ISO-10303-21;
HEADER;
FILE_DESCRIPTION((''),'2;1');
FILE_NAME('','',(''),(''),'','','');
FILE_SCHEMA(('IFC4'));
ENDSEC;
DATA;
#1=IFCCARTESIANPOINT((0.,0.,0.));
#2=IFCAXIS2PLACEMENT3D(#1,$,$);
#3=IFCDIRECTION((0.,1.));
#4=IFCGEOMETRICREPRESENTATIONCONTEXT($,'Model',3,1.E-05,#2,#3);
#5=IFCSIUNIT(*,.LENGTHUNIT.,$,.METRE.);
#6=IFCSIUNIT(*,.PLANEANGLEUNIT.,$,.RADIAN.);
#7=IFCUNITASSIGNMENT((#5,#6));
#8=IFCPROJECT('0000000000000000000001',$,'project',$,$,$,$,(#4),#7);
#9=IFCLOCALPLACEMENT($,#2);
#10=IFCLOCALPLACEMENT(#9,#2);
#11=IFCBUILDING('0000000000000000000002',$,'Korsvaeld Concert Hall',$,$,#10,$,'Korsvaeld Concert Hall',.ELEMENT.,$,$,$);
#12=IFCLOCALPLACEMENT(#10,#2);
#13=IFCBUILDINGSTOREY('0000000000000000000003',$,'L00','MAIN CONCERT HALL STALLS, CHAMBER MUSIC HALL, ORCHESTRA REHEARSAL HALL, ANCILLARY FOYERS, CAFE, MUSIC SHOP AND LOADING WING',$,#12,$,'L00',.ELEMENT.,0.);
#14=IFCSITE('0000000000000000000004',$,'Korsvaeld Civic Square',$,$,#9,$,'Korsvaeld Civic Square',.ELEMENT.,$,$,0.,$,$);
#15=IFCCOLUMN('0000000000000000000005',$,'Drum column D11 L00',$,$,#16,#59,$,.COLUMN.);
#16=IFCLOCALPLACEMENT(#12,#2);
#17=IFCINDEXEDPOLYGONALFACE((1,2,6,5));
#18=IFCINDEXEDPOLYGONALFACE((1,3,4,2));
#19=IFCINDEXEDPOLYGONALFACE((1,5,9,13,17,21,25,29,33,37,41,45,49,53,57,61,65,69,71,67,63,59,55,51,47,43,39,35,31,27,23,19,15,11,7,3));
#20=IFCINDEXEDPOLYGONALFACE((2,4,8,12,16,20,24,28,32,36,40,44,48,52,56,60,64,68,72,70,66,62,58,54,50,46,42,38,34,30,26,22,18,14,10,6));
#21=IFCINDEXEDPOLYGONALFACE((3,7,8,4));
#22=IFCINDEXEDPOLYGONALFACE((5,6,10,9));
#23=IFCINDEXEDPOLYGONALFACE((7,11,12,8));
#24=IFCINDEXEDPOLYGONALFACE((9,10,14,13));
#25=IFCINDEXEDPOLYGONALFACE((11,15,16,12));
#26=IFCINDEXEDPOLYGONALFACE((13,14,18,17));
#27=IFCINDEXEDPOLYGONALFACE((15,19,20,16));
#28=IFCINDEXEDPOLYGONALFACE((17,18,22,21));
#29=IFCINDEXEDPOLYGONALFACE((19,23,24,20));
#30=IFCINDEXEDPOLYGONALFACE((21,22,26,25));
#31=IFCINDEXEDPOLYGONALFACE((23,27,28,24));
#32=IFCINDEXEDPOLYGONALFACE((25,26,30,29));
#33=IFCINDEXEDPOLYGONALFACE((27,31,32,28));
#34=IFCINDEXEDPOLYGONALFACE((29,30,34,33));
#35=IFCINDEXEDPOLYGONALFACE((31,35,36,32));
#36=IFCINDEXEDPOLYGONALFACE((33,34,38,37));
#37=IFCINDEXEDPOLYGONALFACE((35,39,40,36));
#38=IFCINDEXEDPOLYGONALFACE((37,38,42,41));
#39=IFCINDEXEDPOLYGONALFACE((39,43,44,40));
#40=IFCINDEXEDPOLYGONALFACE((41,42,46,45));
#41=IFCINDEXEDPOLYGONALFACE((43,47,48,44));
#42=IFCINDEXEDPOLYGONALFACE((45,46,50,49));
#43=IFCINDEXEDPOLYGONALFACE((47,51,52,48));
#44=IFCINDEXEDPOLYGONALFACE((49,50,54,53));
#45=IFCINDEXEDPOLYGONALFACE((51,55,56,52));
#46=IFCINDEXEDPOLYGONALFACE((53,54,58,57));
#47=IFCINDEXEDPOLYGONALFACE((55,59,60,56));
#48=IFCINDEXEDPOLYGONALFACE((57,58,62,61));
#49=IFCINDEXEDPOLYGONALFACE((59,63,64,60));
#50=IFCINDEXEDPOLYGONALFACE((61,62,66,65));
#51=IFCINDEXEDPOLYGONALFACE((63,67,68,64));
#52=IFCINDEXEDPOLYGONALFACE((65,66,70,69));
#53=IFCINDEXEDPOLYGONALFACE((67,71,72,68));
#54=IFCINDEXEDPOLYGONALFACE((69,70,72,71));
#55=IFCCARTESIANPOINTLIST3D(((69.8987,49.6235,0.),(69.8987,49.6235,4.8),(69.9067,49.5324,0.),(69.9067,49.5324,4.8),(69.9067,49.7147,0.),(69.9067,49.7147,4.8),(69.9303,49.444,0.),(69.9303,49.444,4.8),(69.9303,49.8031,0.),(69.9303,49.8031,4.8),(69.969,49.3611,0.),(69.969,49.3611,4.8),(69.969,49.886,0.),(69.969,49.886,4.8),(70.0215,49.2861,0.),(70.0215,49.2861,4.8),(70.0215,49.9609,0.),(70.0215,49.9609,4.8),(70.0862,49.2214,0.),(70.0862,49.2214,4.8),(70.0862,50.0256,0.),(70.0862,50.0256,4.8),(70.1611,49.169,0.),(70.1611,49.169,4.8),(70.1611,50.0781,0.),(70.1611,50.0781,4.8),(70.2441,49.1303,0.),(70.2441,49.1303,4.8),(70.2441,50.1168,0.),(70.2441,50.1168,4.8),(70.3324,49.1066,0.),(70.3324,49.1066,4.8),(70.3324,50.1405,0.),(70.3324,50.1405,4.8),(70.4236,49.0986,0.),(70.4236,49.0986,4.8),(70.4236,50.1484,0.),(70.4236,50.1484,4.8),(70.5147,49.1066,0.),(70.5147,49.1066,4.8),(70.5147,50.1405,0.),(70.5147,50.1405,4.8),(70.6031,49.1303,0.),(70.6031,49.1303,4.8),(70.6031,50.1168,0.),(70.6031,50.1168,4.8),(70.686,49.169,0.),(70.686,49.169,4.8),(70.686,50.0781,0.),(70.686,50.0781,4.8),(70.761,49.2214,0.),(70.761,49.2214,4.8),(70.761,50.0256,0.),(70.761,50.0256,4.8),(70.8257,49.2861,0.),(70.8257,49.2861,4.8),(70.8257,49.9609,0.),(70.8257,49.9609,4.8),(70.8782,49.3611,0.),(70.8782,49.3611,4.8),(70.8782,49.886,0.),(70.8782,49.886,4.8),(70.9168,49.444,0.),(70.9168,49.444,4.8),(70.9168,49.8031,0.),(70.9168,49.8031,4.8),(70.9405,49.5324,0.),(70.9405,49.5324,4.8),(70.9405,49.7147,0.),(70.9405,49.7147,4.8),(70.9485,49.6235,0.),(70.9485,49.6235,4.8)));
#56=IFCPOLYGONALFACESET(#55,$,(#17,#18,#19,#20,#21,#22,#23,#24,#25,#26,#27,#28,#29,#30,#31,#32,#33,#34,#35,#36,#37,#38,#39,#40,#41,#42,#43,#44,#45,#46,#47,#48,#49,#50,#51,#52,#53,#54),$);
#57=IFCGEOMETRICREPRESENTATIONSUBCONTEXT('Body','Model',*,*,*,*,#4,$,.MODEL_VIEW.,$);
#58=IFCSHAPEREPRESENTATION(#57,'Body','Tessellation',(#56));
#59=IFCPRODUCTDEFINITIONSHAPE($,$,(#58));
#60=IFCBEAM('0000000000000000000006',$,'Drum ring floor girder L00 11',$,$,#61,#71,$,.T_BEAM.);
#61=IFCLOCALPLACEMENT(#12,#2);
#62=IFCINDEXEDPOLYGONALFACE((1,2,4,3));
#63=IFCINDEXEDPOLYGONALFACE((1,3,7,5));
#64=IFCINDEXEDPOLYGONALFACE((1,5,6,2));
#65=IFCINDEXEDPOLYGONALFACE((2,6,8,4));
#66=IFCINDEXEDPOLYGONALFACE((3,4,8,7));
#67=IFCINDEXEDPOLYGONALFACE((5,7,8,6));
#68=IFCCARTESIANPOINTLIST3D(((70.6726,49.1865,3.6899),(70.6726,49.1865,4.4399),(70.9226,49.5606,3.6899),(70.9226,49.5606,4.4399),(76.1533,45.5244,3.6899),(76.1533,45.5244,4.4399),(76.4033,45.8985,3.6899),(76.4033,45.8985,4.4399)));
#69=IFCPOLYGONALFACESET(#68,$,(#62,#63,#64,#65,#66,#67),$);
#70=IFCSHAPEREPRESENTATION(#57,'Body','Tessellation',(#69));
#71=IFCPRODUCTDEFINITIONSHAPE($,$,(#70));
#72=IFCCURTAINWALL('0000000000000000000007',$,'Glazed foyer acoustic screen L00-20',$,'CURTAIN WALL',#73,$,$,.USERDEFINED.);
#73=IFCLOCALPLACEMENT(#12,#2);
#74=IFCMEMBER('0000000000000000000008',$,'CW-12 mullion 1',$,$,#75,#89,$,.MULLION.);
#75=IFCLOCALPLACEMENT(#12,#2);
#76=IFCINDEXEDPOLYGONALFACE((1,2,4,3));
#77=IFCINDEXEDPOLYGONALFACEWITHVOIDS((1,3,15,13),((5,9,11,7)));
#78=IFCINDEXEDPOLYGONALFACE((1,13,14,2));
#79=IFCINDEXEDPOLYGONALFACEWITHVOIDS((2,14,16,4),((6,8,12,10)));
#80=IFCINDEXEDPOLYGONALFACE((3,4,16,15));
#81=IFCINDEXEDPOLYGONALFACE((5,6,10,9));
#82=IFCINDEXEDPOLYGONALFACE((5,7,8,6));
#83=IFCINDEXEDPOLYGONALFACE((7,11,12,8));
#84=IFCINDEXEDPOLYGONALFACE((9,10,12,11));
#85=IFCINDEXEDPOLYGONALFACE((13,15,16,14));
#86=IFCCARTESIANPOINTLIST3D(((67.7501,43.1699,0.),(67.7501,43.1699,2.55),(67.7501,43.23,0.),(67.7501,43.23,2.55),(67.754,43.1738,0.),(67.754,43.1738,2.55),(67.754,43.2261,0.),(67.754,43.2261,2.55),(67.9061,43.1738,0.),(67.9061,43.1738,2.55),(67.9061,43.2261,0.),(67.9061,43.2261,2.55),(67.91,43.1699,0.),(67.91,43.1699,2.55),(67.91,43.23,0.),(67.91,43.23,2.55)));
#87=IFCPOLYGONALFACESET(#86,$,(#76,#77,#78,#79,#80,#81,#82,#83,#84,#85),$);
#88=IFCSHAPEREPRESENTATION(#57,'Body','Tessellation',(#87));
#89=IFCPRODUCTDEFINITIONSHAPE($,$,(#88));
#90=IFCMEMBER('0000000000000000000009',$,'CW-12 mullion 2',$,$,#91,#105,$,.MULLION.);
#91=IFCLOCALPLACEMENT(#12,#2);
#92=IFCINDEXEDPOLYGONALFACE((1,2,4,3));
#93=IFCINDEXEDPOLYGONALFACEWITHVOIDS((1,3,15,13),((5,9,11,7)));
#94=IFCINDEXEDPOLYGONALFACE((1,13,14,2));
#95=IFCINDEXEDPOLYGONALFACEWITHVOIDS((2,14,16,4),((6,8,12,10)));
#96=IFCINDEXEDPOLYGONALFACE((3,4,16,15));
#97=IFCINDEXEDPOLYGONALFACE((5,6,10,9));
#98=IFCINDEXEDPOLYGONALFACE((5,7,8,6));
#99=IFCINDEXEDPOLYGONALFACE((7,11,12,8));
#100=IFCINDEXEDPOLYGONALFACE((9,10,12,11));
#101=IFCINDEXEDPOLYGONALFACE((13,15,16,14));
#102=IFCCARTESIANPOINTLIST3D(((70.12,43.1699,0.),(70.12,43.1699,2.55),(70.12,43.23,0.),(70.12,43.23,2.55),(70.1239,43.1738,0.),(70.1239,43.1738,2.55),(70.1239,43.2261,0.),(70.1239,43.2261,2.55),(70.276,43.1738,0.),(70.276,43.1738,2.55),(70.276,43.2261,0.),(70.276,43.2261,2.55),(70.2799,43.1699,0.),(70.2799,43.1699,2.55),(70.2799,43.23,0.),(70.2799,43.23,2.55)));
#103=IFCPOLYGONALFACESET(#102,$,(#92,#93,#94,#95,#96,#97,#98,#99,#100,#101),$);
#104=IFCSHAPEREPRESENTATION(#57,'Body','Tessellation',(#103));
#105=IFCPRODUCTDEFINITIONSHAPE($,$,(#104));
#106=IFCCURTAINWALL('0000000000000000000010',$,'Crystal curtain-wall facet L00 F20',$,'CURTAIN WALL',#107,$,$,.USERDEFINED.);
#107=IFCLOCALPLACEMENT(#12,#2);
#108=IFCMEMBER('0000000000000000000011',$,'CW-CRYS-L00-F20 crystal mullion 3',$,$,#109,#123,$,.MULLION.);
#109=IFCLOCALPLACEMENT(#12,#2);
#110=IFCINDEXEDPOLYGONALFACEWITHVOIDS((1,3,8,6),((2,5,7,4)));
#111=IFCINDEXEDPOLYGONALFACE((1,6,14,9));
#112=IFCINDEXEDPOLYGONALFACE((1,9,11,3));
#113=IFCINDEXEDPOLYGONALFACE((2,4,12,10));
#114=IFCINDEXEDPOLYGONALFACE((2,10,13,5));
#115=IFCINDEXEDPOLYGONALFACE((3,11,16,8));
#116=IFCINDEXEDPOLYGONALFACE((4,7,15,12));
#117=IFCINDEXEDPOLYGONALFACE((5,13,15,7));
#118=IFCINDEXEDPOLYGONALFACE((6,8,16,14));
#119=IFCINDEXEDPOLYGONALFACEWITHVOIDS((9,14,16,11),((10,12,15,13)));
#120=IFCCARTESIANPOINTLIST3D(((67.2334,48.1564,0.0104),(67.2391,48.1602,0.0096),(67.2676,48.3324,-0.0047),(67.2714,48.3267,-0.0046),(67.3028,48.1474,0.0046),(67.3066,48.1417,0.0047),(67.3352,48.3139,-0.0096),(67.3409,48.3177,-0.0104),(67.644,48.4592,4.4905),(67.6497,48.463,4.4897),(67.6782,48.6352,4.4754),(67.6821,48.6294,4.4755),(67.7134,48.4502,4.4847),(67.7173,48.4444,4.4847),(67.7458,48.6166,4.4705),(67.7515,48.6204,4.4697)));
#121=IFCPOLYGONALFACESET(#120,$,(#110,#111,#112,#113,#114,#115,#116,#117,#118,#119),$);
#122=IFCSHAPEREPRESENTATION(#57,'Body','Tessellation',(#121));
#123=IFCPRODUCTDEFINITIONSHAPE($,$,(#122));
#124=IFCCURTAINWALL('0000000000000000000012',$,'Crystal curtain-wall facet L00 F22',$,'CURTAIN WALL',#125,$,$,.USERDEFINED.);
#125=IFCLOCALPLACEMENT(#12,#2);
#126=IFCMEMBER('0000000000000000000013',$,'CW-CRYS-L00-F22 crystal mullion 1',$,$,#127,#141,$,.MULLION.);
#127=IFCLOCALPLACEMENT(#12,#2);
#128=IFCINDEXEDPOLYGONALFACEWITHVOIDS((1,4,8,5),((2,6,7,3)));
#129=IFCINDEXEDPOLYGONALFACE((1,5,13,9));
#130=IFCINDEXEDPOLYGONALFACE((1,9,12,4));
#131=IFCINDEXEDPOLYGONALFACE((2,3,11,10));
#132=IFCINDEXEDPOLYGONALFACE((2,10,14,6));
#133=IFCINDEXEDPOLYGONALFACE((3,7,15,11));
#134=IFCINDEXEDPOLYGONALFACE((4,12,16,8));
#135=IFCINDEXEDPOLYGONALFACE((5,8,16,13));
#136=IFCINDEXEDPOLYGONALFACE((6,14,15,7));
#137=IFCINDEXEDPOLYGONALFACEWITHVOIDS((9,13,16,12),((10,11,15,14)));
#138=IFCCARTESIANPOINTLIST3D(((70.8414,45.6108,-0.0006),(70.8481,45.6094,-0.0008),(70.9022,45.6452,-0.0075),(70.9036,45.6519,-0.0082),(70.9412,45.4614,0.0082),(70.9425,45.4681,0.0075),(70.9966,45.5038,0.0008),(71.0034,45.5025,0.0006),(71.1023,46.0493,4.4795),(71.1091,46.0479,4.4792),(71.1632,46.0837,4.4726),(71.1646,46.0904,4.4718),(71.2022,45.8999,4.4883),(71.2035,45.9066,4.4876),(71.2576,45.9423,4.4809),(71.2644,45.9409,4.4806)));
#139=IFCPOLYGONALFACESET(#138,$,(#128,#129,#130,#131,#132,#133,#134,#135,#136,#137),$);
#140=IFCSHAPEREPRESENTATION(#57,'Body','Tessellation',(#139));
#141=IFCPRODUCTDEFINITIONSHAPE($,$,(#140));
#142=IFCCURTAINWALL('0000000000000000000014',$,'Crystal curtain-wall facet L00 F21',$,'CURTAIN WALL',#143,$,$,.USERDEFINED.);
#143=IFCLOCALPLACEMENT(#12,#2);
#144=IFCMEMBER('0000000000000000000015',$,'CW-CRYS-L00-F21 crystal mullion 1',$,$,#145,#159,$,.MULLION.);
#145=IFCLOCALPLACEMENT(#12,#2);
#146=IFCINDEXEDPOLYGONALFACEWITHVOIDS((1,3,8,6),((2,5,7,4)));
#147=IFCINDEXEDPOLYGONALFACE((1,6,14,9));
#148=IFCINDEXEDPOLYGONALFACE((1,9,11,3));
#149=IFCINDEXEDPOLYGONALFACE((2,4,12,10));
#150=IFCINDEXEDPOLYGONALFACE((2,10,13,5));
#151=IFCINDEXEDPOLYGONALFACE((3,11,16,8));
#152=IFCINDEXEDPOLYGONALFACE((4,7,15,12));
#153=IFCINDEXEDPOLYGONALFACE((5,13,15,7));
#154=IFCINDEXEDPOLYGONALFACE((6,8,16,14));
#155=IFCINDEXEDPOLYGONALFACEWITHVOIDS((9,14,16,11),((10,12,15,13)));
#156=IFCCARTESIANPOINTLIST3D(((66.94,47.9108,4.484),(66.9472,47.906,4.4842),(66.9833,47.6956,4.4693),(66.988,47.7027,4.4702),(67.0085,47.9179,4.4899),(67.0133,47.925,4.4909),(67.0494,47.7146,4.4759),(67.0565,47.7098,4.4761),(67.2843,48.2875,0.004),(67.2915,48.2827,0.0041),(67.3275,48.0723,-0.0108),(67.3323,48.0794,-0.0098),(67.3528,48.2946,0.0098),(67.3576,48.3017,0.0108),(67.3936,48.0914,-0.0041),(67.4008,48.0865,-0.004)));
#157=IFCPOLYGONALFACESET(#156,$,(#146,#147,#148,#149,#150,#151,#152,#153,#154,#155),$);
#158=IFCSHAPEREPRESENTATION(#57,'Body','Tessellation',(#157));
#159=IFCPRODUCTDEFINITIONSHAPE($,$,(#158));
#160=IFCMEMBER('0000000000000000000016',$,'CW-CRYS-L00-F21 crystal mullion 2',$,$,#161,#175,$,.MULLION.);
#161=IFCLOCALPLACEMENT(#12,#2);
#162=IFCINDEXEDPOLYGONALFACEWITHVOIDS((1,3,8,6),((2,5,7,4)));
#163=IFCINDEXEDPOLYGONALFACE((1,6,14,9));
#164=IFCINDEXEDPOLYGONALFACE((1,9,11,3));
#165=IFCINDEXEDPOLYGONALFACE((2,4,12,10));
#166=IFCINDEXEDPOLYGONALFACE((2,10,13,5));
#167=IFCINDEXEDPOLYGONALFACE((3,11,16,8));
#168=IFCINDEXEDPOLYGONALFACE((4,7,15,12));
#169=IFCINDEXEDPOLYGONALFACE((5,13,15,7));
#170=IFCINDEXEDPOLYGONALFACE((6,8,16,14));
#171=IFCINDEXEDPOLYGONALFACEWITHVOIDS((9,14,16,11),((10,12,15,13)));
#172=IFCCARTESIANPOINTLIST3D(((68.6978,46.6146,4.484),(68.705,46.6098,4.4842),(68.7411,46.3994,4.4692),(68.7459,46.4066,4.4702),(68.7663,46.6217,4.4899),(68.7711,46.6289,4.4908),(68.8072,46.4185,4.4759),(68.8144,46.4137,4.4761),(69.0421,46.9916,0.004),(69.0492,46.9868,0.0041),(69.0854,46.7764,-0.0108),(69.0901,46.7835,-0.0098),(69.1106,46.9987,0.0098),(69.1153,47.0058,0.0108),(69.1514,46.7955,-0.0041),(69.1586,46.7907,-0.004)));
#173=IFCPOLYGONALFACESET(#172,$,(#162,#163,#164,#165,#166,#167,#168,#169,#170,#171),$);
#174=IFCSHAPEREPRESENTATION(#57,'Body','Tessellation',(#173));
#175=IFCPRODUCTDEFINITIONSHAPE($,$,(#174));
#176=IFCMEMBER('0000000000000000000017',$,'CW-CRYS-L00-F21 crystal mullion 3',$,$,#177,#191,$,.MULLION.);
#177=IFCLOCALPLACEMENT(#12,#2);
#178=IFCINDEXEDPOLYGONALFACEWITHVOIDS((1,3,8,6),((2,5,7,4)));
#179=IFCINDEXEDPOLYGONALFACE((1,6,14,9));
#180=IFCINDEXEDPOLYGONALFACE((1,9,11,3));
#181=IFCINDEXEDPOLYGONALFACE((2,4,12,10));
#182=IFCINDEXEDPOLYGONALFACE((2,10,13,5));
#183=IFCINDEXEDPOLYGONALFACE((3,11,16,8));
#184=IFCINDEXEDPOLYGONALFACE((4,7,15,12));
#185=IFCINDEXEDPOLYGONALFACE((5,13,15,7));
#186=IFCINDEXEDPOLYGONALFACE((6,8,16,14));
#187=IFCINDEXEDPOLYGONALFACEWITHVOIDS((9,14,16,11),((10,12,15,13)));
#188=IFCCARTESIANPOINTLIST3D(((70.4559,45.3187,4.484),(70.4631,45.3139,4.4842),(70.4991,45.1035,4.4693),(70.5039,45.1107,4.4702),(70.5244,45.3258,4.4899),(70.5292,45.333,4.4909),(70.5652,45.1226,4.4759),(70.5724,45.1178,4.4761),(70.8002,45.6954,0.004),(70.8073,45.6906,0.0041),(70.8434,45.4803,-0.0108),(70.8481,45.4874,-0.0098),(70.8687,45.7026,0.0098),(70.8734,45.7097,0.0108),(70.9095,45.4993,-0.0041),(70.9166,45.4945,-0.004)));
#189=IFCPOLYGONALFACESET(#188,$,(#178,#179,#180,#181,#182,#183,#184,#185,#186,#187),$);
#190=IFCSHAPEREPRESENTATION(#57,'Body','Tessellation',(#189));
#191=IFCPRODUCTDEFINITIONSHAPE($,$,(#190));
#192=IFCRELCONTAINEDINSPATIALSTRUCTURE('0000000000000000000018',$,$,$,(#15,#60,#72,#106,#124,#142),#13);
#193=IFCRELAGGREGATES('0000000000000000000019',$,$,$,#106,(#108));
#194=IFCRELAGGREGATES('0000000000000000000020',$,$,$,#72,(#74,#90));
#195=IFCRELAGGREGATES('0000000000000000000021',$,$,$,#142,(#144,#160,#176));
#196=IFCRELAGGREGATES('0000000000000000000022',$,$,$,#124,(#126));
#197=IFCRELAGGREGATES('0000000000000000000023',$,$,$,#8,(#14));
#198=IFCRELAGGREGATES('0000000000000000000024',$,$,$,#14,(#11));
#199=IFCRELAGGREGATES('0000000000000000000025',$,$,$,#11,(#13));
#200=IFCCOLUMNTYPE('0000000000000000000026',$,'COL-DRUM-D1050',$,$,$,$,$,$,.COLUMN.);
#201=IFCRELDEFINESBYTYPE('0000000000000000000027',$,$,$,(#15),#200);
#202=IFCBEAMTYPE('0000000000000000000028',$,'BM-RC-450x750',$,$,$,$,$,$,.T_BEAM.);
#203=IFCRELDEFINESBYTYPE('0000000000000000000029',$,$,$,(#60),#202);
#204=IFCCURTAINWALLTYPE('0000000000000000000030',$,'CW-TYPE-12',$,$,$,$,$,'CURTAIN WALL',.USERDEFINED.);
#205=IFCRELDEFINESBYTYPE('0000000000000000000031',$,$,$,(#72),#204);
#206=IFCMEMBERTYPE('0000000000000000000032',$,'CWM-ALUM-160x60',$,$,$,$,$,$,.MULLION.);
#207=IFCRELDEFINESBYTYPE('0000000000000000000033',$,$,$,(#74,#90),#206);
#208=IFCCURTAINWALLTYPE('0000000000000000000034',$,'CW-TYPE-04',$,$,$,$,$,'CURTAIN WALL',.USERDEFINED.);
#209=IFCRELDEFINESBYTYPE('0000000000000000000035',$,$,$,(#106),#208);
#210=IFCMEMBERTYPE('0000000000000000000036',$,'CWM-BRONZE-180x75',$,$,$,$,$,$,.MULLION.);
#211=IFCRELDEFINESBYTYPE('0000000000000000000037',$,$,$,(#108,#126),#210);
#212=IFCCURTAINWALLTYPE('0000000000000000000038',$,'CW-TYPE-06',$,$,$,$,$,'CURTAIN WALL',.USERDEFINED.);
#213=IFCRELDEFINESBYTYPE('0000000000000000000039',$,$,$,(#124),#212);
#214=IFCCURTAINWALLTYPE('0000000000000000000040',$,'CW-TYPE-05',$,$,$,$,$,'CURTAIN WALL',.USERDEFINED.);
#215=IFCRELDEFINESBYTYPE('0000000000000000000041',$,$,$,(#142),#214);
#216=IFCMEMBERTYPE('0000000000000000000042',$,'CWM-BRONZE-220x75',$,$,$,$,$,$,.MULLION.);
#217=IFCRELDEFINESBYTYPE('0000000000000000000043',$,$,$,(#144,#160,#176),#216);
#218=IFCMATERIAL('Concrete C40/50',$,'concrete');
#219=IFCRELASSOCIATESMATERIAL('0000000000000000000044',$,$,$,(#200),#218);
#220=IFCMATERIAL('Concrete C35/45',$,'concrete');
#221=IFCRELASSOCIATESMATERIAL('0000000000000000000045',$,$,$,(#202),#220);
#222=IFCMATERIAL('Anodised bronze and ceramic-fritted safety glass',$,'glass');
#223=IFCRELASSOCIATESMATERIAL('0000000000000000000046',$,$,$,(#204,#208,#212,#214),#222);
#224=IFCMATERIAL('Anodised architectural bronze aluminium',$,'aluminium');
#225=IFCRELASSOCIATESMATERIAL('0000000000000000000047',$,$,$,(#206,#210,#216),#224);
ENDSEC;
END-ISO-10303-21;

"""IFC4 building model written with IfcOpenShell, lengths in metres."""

from ifc_helpers import new_model, si_unit, direction, frame, origin, origin_2d, place, context, subcontext, project, spatial, rectangle, hollow_rectangle, circle, extrude, material, material_profile, profile_set, type_object, element, aggregate, save


model = new_model("IFC4")

# Units and contexts
model_context = context("Model", 3, precision=1e-05, world=origin(), true_north=direction((0.0, 1.0)))
body_context = subcontext(model_context, "Body", "Model", "MODEL_VIEW")
ifc_project = project(units=[si_unit("LENGTHUNIT", "METRE"), si_unit("PLANEANGLEUNIT", "RADIAN")], contexts=[model_context])

# Site, building, storey
site_placement = place(None, origin())
site = spatial("IfcSite", under=ifc_project, at=site_placement, Name="Korsvaeld Civic Square", LongName="Korsvaeld Civic Square", CompositionType="ELEMENT", RefElevation=0.0)
building_placement = place(site_placement, origin())
building = spatial("IfcBuilding", under=site, at=building_placement, Name="Korsvaeld Concert Hall", LongName="Korsvaeld Concert Hall", CompositionType="ELEMENT")
storey_placement = place(building_placement, origin())
storey = spatial("IfcBuildingStorey", under=building, at=storey_placement, Name="L00", Description="MAIN CONCERT HALL STALLS, CHAMBER MUSIC HALL, ORCHESTRA REHEARSAL HALL, ANCILLARY FOYERS, CAFE, MUSIC SHOP AND LOADING WING", LongName="L00", CompositionType="ELEMENT", Elevation=0.0)

# Column
ifc_material_1 = material(Name="Concrete C40/50", Category="concrete")
ifc_material_profile_1 = material_profile(ifc_material_1, circle(Radius=0.5249, at=origin_2d()), Name="RC D1050")
ifc_profile_set_1 = profile_set([ifc_material_profile_1], Name="Concrete C40/50")
column_type = type_object("IfcColumnType", Name="COL-DRUM-D1050", PredefinedType="COLUMN", material=ifc_profile_set_1)
column_placement = place(storey_placement, frame((70.4236, 49.6235, 0.0), z_axis=(0.0, 0.0, 1.0), x_axis=(1.0, 0.0, 0.0)))
element("IfcColumn", 1, at=column_placement, inside=storey, type_object=column_type, Name="Drum column D11 L00", PredefinedType="COLUMN", context=body_context, shape_type="SweptSolid", body=[
    extrude(circle(Radius=0.5249, at=origin_2d()), origin(), (0.0, 0.0, 1.0), 4.8),
])

# Beam
ifc_material_2 = material(Name="Concrete C35/45", Category="concrete")
ifc_material_profile_2 = material_profile(ifc_material_2, rectangle(XDim=0.45, YDim=0.75, at=origin_2d()), Name="RC 450x750")
ifc_profile_set_2 = profile_set([ifc_material_profile_2], Name="Concrete C35/45")
beam_type = type_object("IfcBeamType", Name="BM-RC-450x750", PredefinedType="T_BEAM", material=ifc_profile_set_2)
beam_placement = place(storey_placement, frame((70.7976, 49.3735, 4.0649), z_axis=(0.831469, -0.555572, 0.0), x_axis=(0.555572, 0.831469, 0.0)))
element("IfcBeam", 2, at=beam_placement, inside=storey, type_object=beam_type, Name="Drum ring floor girder L00 11", PredefinedType="T_BEAM", context=body_context, shape_type="SweptSolid", body=[
    extrude(rectangle(XDim=0.45, YDim=0.75, at=origin_2d()), origin(), (0.0, 0.0, 1.0), 6.5916),
])

# Curtain wall, members
ifc_material_3 = material(Name="Anodised bronze and ceramic-fritted safety glass", Category="glass")
curtain_wall_type_1 = type_object("IfcCurtainWallType", Name="CW-TYPE-12", ElementType="CURTAIN WALL", PredefinedType="USERDEFINED", material=ifc_material_3)
curtain_wall_1_placement = place(storey_placement, origin())
curtain_wall_1 = element("IfcCurtainWall", 3, at=curtain_wall_1_placement, inside=storey, type_object=curtain_wall_type_1, Name="Glazed foyer acoustic screen L00-20", ObjectType="CURTAIN WALL", PredefinedType="USERDEFINED")
ifc_material_4 = material(Name="Anodised architectural bronze aluminium", Category="aluminium")
ifc_material_profile_3 = material_profile(ifc_material_4, hollow_rectangle(XDim=0.0601, YDim=0.1599, WallThickness=0.0039, at=origin_2d()), Name="CWM 160x60x4")
ifc_profile_set_3 = profile_set([ifc_material_profile_3], Name="Anodised architectural bronze aluminium")
member_type_1 = type_object("IfcMemberType", Name="CWM-ALUM-160x60", PredefinedType="MULLION", material=ifc_profile_set_3)
member_1_placement = place(storey_placement, frame((67.8301, 43.2, 0.0), z_axis=(0.0, 0.0, 1.0), x_axis=(0.0, 1.0, 0.0)))
member_1 = element("IfcMember", 4, at=member_1_placement, type_object=member_type_1, Name="CW-12 mullion 1", PredefinedType="MULLION", context=body_context, shape_type="SweptSolid", body=[
    extrude(hollow_rectangle(XDim=0.0601, YDim=0.1599, WallThickness=0.0039, at=origin_2d()), origin(), (0.0, 0.0, 1.0), 2.55),
])
member_2_placement = place(storey_placement, frame((70.2, 43.2, 0.0), z_axis=(0.0, 0.0, 1.0), x_axis=(0.0, 1.0, 0.0)))
member_2 = element("IfcMember", 5, at=member_2_placement, type_object=member_type_1, Name="CW-12 mullion 2", PredefinedType="MULLION", context=body_context, shape_type="SweptSolid", body=[
    extrude(hollow_rectangle(XDim=0.0601, YDim=0.1599, WallThickness=0.0039, at=origin_2d()), origin(), (0.0, 0.0, 1.0), 2.55),
])

# Curtain walls, members
curtain_wall_type_2 = type_object("IfcCurtainWallType", Name="CW-TYPE-04", ElementType="CURTAIN WALL", PredefinedType="USERDEFINED", material=ifc_material_3)
curtain_wall_2_placement = place(storey_placement, origin())
curtain_wall_2 = element("IfcCurtainWall", 6, at=curtain_wall_2_placement, inside=storey, type_object=curtain_wall_type_2, Name="Crystal curtain-wall facet L00 F20", ObjectType="CURTAIN WALL", PredefinedType="USERDEFINED")
ifc_material_profile_4 = material_profile(ifc_material_4, hollow_rectangle(XDim=0.075, YDim=0.1799, WallThickness=0.0049, at=origin_2d()), Name="CWM 180x75x5")
ifc_profile_set_4 = profile_set([ifc_material_profile_4], Name="Anodised architectural bronze aluminium")
member_type_2 = type_object("IfcMemberType", Name="CWM-BRONZE-180x75", PredefinedType="MULLION", material=ifc_profile_set_4)
member_3_placement = place(storey_placement, frame((67.2871, 48.2371, 0.0), z_axis=(0.091073, 0.067141, 0.993578), x_axis=(-0.977512, 0.196585, 0.076317)))
member_3 = element("IfcMember", 7, at=member_3_placement, type_object=member_type_2, Name="CW-CRYS-L00-F20 crystal mullion 3", PredefinedType="MULLION", context=body_context, shape_type="SweptSolid", body=[
    extrude(hollow_rectangle(XDim=0.075, YDim=0.1799, WallThickness=0.0049, at=origin_2d()), origin(), (0.0, 0.0, 1.0), 4.509),
])
aggregate(curtain_wall_2, [member_3])
curtain_wall_type_3 = type_object("IfcCurtainWallType", Name="CW-TYPE-06", ElementType="CURTAIN WALL", PredefinedType="USERDEFINED", material=ifc_material_3)
curtain_wall_3_placement = place(storey_placement, origin())
curtain_wall_3 = element("IfcCurtainWall", 8, at=curtain_wall_3_placement, inside=storey, type_object=curtain_wall_type_3, Name="Crystal curtain-wall facet L00 F22", ObjectType="CURTAIN WALL", PredefinedType="USERDEFINED")
member_4_placement = place(storey_placement, frame((70.9224, 45.5566, 0.0), z_axis=(0.057882, 0.097246, 0.993576), x_axis=(-0.83004, -0.548294, 0.102019)))
member_4 = element("IfcMember", 9, at=member_4_placement, type_object=member_type_2, Name="CW-CRYS-L00-F22 crystal mullion 1", PredefinedType="MULLION", context=body_context, shape_type="SweptSolid", body=[
    extrude(hollow_rectangle(XDim=0.075, YDim=0.1799, WallThickness=0.0049, at=origin_2d()), origin(), (0.0, 0.0, 1.0), 4.509),
])

# Curtain wall, members
curtain_wall_type_4 = type_object("IfcCurtainWallType", Name="CW-TYPE-05", ElementType="CURTAIN WALL", PredefinedType="USERDEFINED", material=ifc_material_3)
curtain_wall_4_placement = place(storey_placement, origin())
curtain_wall_4 = element("IfcCurtainWall", 10, at=curtain_wall_4_placement, inside=storey, type_object=curtain_wall_type_4, Name="Crystal curtain-wall facet L00 F21", ObjectType="CURTAIN WALL", PredefinedType="USERDEFINED")
ifc_material_profile_5 = material_profile(ifc_material_4, hollow_rectangle(XDim=0.075, YDim=0.22, WallThickness=0.0061, at=origin_2d()), Name="CWM 220x75x6")
ifc_profile_set_5 = profile_set([ifc_material_profile_5], Name="Anodised architectural bronze aluminium")
member_type_3 = type_object("IfcMemberType", Name="CWM-BRONZE-220x75", PredefinedType="MULLION", material=ifc_profile_set_5)
member_5_placement = place(storey_placement, frame((67.3425, 48.187, 0.0), z_axis=(-0.076346, -0.083547, 0.993575), x_axis=(0.977535, 0.190072, 0.091096)))
member_5 = element("IfcMember", 11, at=member_5_placement, type_object=member_type_3, Name="CW-CRYS-L00-F21 crystal mullion 1", PredefinedType="MULLION", context=body_context, shape_type="SweptSolid", body=[
    extrude(hollow_rectangle(XDim=0.075, YDim=0.22, WallThickness=0.0061, at=origin_2d()), origin(), (0.0, 0.0, 1.0), 4.509),
])
member_6_placement = place(storey_placement, frame((69.1003, 46.8911, 0.0), z_axis=(-0.076345, -0.083601, 0.99357), x_axis=(0.977471, 0.190385, 0.091127)))
member_6 = element("IfcMember", 12, at=member_6_placement, type_object=member_type_3, Name="CW-CRYS-L00-F21 crystal mullion 2", PredefinedType="MULLION", context=body_context, shape_type="SweptSolid", body=[
    extrude(hollow_rectangle(XDim=0.075, YDim=0.22, WallThickness=0.0061, at=origin_2d()), origin(), (0.0, 0.0, 1.0), 4.509),
])
member_7_placement = place(storey_placement, frame((70.8584, 45.595, 0.0), z_axis=(-0.076346, -0.083547, 0.993575), x_axis=(0.977535, 0.190072, 0.091096)))
member_7 = element("IfcMember", 13, at=member_7_placement, type_object=member_type_3, Name="CW-CRYS-L00-F21 crystal mullion 3", PredefinedType="MULLION", context=body_context, shape_type="SweptSolid", body=[
    extrude(hollow_rectangle(XDim=0.075, YDim=0.22, WallThickness=0.0061, at=origin_2d()), origin(), (0.0, 0.0, 1.0), 4.509),
])

aggregate(curtain_wall_1, [member_1, member_2])
aggregate(curtain_wall_4, [member_5, member_6, member_7])
aggregate(curtain_wall_3, [member_4])

save(model, "model.ifc")
